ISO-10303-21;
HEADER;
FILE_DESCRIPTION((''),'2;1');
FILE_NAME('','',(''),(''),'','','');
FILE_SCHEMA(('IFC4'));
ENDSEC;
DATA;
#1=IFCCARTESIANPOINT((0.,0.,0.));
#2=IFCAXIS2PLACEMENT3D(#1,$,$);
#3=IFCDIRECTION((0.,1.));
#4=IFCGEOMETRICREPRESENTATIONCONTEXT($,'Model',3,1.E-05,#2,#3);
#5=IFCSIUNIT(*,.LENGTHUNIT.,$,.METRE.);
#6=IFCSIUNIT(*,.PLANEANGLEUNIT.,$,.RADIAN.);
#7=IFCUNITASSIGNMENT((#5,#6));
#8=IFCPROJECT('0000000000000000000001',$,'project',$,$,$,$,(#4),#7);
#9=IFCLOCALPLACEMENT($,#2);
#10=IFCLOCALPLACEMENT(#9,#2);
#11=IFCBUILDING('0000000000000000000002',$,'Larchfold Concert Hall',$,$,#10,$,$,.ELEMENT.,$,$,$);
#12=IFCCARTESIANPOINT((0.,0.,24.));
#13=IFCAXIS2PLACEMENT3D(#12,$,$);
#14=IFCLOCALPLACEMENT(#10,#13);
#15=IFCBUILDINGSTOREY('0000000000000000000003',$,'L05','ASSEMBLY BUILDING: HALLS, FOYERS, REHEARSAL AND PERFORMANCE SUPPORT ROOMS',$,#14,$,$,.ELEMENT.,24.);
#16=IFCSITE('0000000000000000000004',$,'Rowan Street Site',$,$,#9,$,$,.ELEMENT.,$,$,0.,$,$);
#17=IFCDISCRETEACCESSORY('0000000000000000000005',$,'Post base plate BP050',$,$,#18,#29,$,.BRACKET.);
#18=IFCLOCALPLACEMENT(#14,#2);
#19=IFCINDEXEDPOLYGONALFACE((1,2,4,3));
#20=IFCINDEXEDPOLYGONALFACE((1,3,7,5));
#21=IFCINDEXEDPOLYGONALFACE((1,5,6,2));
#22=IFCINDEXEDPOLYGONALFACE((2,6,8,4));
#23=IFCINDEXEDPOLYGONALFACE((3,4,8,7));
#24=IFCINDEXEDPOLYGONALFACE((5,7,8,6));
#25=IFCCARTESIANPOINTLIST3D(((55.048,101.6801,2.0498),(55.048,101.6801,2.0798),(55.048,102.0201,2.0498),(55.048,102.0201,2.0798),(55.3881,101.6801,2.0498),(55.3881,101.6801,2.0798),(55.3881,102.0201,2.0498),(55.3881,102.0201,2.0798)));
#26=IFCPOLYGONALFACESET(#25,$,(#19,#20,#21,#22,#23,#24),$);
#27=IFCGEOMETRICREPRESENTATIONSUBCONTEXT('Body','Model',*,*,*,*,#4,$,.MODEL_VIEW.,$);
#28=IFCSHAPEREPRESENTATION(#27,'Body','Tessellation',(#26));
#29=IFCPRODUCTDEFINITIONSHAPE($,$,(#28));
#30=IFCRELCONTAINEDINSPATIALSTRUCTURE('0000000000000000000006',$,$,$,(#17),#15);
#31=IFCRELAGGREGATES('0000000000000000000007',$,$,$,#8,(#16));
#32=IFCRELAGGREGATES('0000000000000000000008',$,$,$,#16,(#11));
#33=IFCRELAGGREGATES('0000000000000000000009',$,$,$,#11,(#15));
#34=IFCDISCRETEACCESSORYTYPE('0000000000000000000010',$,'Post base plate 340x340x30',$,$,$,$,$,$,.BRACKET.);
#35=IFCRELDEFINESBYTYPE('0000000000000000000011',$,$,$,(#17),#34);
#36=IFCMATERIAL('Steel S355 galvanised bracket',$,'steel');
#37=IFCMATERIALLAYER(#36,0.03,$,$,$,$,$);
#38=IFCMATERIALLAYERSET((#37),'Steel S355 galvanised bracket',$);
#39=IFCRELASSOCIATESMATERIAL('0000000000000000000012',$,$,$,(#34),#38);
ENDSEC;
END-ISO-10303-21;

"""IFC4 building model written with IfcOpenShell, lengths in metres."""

from ifc_helpers import new_model, si_unit, direction, frame, origin, origin_2d, place, context, subcontext, project, spatial, rectangle, extrude, material, layer, layer_set, type_object, element, save


model = new_model("IFC4")

# Units and contexts
model_context = context("Model", 3, precision=1e-05, world=origin(), true_north=direction((0.0, 1.0)))
body_context = subcontext(model_context, "Body", "Model", "MODEL_VIEW")
ifc_project = project(units=[si_unit("LENGTHUNIT", "METRE"), si_unit("PLANEANGLEUNIT", "RADIAN")], contexts=[model_context])

# Site, building, storey
site_placement = place(None, origin())
site = spatial("IfcSite", under=ifc_project, at=site_placement, Name="Rowan Street Site", CompositionType="ELEMENT", RefElevation=0.0)
building_placement = place(site_placement, origin())
building = spatial("IfcBuilding", under=site, at=building_placement, Name="Larchfold Concert Hall", CompositionType="ELEMENT")
storey_placement = place(building_placement, frame((0.0, 0.0, 24.0)))
storey = spatial("IfcBuildingStorey", under=building, at=storey_placement, Name="L05", Description="ASSEMBLY BUILDING: HALLS, FOYERS, REHEARSAL AND PERFORMANCE SUPPORT ROOMS", CompositionType="ELEMENT", Elevation=24.0)

# Discrete accessory
ifc_material_1 = material(Name="Steel S355 galvanised bracket", Category="steel")
ifc_layer_1 = layer(ifc_material_1, 0.03)
ifc_layer_set_1 = layer_set([ifc_layer_1], Name="Steel S355 galvanised bracket")
discrete_accessory_type_1 = type_object("IfcDiscreteAccessoryType", Name="Post base plate 340x340x30", PredefinedType="BRACKET", material=ifc_layer_set_1)
discrete_accessory_1_placement = place(storey_placement, frame((55.218, 101.8501, 2.0498), z_axis=(0.0, 0.0, 1.0), x_axis=(1.0, 0.0, 0.0)))
element("IfcDiscreteAccessory", 1, at=discrete_accessory_1_placement, inside=storey, type_object=discrete_accessory_type_1, Name="Post base plate BP050", PredefinedType="BRACKET", context=body_context, shape_type="SweptSolid", body=[
    extrude(rectangle(XDim=0.3401, YDim=0.3401, at=origin_2d()), origin(), (0.0, 0.0, 1.0), 0.03),
])

save(model, "model.ifc")
